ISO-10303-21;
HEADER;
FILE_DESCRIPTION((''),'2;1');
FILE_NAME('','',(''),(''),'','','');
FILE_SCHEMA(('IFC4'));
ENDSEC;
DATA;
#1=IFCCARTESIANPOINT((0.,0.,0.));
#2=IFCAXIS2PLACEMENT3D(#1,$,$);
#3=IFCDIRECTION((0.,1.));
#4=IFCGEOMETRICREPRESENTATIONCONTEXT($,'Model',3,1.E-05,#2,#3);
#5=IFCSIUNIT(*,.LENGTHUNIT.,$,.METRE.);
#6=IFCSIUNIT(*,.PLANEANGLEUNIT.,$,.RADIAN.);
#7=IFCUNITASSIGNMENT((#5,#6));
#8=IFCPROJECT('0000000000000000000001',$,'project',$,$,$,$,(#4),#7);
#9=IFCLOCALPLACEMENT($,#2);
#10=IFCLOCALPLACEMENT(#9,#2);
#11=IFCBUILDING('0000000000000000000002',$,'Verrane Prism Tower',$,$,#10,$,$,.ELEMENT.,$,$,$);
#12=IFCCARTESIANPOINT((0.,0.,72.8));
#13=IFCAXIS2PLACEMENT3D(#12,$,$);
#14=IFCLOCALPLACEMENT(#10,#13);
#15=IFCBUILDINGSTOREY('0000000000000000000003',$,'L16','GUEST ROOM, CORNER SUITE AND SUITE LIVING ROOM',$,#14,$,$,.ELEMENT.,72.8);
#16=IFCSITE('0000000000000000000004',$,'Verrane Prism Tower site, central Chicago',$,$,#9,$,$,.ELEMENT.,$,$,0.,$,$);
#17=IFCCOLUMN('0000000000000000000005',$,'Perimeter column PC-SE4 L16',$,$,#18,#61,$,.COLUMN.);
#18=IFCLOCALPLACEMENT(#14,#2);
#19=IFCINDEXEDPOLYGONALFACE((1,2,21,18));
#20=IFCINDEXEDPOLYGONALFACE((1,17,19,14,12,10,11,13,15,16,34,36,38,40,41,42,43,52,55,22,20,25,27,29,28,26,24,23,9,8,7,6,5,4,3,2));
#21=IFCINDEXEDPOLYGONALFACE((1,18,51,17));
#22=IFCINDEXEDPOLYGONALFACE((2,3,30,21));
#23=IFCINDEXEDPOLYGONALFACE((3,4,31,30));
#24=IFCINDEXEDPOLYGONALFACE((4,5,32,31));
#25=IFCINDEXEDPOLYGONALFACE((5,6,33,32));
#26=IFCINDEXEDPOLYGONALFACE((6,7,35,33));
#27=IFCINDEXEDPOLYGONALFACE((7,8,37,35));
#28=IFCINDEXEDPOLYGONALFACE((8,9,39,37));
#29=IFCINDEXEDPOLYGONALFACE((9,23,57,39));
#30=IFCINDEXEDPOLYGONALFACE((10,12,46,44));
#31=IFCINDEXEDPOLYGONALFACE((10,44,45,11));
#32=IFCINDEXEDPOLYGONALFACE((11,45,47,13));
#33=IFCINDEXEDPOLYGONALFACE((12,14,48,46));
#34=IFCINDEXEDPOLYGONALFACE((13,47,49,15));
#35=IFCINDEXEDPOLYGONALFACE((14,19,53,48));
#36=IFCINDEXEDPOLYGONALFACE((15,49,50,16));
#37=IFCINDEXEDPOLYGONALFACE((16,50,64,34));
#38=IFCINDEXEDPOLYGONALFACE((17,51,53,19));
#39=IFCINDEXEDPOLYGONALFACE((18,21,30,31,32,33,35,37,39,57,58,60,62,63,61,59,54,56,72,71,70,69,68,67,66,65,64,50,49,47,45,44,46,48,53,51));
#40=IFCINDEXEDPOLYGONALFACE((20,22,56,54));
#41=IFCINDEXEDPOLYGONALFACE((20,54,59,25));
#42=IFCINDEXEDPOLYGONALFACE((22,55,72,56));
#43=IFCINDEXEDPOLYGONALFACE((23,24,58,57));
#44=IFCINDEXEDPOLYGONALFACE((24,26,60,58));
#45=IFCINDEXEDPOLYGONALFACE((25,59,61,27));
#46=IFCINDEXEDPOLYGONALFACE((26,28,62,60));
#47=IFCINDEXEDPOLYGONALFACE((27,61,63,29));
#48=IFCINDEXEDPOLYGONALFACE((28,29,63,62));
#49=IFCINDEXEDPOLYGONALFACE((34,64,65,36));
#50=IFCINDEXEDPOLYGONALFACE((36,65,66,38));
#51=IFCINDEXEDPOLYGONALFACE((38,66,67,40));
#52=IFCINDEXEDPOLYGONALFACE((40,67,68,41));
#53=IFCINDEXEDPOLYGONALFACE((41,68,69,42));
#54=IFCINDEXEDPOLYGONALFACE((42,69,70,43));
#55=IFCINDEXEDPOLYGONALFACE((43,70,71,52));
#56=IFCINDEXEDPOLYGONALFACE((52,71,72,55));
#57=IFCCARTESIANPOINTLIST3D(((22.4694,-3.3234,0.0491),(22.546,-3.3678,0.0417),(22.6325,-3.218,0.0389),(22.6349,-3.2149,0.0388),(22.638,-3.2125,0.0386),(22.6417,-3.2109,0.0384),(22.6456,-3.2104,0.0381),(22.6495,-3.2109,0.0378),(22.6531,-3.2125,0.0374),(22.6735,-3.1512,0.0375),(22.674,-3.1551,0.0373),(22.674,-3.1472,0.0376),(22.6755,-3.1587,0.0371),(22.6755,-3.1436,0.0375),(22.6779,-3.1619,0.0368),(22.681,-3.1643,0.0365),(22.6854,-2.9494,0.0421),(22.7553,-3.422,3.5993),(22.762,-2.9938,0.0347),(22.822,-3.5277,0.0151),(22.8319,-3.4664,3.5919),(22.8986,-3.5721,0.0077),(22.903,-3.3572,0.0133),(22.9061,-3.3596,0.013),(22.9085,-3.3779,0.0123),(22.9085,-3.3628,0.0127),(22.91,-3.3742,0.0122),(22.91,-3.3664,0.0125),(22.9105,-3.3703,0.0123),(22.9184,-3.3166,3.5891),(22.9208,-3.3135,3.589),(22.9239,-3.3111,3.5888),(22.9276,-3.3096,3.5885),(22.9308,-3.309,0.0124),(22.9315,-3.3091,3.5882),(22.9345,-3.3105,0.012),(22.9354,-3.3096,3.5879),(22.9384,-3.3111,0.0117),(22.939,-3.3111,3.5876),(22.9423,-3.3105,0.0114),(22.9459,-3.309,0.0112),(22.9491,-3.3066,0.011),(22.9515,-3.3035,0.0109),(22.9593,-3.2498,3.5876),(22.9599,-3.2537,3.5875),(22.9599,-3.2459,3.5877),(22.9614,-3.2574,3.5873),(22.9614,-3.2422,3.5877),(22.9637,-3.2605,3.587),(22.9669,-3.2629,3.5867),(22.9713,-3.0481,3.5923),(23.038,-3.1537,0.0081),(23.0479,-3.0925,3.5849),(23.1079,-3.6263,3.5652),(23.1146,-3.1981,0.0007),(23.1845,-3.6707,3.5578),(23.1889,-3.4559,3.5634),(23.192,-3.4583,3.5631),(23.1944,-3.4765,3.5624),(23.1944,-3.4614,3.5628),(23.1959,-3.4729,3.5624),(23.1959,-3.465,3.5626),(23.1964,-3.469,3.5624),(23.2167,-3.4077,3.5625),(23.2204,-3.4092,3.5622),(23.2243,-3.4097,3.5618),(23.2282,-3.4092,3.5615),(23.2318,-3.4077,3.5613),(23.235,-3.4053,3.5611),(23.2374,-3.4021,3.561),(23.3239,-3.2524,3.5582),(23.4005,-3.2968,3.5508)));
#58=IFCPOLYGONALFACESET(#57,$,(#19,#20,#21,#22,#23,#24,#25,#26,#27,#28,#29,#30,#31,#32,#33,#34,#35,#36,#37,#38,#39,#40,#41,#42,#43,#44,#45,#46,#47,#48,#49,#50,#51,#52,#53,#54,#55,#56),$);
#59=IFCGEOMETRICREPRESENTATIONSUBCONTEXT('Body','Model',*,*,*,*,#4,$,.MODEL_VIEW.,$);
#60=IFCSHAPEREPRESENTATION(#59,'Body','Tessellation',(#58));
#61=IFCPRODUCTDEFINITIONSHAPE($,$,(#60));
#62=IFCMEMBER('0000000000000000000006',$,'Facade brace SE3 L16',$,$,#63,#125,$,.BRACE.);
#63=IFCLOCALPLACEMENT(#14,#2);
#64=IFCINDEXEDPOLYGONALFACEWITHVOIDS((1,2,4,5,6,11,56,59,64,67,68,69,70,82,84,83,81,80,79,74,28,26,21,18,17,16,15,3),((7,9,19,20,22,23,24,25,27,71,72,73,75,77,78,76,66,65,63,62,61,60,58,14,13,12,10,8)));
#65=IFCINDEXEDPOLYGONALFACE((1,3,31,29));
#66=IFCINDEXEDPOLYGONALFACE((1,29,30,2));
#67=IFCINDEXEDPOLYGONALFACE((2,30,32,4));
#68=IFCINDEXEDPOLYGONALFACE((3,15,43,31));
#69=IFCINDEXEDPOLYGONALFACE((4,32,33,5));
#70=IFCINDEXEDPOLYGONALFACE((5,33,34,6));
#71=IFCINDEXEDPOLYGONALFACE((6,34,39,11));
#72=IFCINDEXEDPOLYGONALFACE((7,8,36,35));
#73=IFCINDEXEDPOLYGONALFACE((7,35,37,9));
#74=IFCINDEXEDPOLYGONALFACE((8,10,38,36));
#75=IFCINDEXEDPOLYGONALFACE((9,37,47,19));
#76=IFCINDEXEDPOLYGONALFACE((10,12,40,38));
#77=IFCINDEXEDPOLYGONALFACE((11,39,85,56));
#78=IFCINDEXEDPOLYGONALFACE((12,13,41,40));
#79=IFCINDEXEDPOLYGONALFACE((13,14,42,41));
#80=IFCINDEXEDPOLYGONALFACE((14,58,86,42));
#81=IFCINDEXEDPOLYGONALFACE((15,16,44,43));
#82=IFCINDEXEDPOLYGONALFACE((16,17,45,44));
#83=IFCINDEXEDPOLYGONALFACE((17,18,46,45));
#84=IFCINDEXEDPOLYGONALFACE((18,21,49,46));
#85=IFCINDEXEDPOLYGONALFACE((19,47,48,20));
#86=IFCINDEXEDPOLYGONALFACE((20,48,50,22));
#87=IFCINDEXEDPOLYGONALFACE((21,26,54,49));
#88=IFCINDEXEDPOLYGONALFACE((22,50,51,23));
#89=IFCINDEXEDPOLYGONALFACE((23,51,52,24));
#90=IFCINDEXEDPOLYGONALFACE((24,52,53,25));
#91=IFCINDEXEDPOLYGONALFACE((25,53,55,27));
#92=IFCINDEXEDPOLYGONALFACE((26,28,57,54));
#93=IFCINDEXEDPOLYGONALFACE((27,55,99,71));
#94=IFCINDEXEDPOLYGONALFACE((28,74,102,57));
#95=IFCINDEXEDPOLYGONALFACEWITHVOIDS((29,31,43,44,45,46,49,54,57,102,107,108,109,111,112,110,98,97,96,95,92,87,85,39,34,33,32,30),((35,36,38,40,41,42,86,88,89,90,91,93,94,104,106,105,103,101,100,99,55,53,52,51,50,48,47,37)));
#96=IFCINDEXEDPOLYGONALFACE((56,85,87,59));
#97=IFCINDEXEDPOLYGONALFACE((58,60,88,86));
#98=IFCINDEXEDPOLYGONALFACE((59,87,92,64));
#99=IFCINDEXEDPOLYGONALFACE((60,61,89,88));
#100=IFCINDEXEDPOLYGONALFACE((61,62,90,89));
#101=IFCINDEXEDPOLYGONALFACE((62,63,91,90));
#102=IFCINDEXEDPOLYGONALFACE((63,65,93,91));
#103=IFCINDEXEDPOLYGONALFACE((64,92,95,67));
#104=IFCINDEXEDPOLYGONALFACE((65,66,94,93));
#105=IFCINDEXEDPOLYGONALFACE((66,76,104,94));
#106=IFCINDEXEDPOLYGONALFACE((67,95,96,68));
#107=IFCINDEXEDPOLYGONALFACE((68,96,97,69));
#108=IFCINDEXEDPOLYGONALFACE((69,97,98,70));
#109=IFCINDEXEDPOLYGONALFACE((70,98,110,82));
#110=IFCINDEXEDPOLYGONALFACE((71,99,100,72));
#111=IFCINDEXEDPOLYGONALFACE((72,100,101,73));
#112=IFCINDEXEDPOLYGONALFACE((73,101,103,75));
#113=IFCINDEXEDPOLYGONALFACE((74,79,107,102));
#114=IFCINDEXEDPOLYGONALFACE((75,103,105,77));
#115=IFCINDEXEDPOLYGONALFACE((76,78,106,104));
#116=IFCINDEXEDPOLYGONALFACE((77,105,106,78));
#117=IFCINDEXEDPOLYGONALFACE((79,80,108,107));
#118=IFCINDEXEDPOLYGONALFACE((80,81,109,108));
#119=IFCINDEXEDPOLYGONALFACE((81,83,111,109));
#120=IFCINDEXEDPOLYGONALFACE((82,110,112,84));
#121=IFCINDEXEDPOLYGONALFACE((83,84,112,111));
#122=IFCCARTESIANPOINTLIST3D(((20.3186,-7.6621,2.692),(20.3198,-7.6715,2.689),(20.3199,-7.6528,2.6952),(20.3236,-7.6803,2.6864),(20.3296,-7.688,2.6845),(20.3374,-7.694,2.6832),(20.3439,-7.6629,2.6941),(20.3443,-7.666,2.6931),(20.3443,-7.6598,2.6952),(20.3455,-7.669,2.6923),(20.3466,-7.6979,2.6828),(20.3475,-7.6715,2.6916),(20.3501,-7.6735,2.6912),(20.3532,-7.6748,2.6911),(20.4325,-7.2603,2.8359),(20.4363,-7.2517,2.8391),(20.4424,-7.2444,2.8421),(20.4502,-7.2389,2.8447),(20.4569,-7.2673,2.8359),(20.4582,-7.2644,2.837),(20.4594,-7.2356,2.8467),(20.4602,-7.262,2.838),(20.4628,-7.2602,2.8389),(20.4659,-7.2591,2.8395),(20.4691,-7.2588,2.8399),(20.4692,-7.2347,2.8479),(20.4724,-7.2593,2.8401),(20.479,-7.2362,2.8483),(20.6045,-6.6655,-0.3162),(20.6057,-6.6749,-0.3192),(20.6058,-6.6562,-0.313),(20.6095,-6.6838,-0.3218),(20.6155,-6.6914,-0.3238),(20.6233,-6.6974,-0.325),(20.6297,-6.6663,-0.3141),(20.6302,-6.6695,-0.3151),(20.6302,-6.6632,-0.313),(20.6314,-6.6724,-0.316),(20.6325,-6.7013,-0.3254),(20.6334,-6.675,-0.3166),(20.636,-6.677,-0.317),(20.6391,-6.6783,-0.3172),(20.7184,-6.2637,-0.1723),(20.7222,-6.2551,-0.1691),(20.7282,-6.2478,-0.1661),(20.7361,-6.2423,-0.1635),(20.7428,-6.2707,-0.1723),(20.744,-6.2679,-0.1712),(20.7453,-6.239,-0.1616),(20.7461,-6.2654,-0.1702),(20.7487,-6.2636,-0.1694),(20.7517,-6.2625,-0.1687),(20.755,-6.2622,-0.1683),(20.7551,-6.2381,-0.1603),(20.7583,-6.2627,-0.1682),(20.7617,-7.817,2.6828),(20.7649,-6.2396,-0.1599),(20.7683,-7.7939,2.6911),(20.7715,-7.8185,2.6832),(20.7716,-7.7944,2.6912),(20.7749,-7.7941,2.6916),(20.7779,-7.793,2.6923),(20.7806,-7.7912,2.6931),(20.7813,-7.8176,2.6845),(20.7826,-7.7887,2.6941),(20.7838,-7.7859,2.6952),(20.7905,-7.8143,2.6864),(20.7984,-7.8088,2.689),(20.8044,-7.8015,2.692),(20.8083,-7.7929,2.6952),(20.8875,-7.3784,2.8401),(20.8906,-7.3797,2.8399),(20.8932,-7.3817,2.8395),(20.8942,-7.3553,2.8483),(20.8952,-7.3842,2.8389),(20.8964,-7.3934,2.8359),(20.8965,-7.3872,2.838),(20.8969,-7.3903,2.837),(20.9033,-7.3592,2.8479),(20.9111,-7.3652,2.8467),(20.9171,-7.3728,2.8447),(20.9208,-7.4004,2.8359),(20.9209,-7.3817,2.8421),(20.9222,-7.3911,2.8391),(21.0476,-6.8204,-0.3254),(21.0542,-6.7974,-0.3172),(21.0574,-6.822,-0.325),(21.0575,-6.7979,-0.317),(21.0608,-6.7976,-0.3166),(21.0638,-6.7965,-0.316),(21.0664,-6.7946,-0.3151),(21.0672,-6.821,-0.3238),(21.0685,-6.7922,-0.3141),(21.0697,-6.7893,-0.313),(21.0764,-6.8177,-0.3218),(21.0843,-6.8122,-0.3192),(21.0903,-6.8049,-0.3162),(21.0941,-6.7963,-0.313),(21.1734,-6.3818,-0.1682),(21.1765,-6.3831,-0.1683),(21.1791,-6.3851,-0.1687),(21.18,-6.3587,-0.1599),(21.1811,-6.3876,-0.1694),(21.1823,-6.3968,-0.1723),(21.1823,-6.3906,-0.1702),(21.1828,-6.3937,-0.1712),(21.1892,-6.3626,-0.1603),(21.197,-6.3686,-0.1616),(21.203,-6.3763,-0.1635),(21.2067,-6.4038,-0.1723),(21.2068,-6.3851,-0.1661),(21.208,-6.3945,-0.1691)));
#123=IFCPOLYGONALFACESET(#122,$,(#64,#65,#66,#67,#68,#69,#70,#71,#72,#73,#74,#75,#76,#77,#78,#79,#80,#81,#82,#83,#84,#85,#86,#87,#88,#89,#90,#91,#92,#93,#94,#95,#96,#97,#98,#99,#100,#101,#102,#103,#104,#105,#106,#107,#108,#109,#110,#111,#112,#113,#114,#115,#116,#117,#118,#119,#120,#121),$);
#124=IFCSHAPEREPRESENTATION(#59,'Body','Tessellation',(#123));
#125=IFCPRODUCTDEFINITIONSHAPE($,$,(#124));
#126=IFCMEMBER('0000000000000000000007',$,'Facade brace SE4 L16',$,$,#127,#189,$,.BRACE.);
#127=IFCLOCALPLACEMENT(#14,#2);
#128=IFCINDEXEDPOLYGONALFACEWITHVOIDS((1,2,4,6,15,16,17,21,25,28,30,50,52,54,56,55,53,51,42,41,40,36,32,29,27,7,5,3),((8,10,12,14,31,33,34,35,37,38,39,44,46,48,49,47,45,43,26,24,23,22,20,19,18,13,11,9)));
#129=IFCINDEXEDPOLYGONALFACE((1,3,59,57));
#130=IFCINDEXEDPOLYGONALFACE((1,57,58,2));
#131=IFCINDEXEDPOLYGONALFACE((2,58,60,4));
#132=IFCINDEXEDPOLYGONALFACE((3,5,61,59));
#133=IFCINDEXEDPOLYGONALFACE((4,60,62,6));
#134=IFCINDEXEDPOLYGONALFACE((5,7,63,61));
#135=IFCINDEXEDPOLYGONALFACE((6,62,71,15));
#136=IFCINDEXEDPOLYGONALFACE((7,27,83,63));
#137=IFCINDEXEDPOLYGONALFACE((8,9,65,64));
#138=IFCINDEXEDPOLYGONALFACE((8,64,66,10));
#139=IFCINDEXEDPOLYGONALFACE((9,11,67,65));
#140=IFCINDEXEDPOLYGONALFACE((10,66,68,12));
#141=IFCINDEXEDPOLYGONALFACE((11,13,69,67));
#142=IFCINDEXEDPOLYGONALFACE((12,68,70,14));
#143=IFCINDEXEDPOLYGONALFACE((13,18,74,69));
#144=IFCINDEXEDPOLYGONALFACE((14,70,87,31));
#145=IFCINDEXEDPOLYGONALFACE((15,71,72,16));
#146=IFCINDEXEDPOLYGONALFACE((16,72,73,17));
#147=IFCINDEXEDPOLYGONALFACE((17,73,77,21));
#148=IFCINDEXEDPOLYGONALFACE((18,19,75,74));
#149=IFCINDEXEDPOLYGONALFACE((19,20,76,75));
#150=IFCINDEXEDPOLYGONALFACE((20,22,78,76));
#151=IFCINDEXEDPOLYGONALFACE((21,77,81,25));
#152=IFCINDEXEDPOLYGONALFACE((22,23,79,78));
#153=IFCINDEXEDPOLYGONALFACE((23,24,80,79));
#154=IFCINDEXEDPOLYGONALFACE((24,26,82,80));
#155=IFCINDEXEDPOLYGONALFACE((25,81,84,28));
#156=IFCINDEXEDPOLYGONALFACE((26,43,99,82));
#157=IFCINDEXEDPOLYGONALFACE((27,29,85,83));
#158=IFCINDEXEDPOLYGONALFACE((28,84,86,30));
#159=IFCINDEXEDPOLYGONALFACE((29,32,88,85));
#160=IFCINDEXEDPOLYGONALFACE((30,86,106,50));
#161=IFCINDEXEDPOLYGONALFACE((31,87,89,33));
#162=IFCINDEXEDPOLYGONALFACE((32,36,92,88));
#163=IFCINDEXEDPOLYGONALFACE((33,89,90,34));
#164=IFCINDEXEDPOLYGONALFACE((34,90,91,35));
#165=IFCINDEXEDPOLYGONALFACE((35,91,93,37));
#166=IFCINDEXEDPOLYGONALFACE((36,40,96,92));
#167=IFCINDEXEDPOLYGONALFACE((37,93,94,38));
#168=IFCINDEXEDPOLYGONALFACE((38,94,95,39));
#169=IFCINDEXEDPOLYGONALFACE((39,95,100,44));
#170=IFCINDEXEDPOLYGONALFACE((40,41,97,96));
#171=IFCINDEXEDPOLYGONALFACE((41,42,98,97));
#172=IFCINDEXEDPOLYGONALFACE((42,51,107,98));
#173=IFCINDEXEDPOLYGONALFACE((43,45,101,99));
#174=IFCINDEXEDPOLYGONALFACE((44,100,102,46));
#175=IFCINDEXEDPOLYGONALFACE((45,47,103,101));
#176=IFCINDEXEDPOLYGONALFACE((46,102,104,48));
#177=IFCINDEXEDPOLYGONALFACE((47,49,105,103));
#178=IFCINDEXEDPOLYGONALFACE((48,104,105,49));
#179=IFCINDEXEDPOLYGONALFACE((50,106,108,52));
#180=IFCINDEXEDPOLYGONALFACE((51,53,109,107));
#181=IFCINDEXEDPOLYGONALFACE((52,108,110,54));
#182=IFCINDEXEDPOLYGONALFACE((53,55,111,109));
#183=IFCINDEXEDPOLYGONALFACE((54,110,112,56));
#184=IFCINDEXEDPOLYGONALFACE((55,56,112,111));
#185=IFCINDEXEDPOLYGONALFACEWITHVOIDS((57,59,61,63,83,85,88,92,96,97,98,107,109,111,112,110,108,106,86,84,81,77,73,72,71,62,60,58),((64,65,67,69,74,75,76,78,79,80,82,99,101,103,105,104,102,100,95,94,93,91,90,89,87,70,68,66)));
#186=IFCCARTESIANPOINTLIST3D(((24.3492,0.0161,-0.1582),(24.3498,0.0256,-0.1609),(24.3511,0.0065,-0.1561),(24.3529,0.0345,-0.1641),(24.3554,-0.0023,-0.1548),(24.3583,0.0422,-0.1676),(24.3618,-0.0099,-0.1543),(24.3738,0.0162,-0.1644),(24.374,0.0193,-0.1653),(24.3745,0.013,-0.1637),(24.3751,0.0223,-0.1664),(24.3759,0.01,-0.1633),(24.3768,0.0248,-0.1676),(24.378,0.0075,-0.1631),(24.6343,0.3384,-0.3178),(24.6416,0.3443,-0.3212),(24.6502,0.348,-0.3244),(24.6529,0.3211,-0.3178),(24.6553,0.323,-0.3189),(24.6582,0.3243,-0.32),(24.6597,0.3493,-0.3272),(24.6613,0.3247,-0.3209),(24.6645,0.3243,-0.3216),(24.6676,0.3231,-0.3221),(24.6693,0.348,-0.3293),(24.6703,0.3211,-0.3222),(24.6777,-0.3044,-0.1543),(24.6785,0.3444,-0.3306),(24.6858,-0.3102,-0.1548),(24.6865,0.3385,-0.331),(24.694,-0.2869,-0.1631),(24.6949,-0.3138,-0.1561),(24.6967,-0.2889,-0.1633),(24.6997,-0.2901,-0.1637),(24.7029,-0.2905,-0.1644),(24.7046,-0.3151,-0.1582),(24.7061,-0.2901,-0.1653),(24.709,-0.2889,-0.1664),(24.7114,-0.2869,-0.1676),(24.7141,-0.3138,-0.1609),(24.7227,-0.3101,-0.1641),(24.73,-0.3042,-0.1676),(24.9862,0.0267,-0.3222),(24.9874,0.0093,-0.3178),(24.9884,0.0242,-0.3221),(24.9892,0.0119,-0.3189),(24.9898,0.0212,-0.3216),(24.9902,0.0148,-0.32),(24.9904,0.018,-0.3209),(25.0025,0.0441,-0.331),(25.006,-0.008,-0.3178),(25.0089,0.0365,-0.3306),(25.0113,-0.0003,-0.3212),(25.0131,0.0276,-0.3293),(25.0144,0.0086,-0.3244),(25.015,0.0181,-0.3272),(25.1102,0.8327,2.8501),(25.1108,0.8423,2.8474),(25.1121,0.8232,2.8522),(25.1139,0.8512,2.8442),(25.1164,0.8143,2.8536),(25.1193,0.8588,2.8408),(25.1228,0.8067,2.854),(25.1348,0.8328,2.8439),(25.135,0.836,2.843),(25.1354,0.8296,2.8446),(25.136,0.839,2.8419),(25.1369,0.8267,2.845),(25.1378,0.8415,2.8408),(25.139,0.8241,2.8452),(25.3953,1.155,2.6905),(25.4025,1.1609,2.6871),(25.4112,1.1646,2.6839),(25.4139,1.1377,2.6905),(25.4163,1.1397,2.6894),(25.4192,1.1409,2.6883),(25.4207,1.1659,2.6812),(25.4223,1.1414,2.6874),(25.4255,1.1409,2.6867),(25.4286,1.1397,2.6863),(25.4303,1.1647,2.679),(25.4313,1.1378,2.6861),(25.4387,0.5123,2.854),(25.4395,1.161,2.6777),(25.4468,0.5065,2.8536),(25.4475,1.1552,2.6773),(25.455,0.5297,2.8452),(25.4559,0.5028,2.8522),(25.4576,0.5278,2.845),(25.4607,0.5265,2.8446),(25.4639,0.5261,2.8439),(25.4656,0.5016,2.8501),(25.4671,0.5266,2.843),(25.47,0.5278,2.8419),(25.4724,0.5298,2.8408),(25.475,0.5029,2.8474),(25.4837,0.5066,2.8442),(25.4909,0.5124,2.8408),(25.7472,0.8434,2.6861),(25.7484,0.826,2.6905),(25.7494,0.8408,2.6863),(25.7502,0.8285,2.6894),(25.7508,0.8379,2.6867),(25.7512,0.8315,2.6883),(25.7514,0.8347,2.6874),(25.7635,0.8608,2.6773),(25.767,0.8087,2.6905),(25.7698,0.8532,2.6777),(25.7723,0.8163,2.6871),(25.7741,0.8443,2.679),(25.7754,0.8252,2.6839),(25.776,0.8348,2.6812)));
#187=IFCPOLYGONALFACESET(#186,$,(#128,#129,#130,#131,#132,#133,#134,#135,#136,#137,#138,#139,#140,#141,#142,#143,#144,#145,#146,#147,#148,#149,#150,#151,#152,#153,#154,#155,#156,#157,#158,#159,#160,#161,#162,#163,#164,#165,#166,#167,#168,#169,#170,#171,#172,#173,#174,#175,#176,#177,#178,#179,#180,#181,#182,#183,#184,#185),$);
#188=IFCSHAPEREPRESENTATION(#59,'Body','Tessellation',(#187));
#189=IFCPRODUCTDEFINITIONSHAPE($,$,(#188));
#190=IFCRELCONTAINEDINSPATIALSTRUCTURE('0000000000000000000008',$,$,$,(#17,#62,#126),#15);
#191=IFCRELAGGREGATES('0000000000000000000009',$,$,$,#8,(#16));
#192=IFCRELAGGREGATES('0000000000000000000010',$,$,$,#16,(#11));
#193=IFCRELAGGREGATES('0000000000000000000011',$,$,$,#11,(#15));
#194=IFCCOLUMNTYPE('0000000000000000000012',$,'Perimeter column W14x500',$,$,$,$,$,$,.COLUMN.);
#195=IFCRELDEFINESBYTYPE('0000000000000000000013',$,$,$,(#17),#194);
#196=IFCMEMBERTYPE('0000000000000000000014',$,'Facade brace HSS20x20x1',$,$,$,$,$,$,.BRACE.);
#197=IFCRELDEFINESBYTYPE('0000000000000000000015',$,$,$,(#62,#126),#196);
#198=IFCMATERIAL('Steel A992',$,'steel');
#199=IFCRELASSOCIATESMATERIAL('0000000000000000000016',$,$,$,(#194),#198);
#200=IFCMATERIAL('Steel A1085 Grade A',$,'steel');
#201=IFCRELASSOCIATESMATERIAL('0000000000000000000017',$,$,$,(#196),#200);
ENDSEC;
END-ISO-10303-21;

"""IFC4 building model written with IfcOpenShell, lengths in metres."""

from ifc_helpers import new_model, si_unit, direction, frame, origin, origin_2d, place, context, subcontext, project, spatial, hollow_rectangle, i_section, extrude, material, material_profile, profile_set, type_object, element, save


model = new_model("IFC4")

# Units and contexts
model_context = context("Model", 3, precision=1e-05, world=origin(), true_north=direction((0.0, 1.0)))
body_context = subcontext(model_context, "Body", "Model", "MODEL_VIEW")
ifc_project = project(units=[si_unit("LENGTHUNIT", "METRE"), si_unit("PLANEANGLEUNIT", "RADIAN")], contexts=[model_context])

# Site, building, storey
site_placement = place(None, origin())
site = spatial("IfcSite", under=ifc_project, at=site_placement, Name="Verrane Prism Tower site, central Chicago", CompositionType="ELEMENT", RefElevation=0.0)
building_placement = place(site_placement, origin())
building = spatial("IfcBuilding", under=site, at=building_placement, Name="Verrane Prism Tower", CompositionType="ELEMENT")
storey_placement = place(building_placement, frame((0.0, 0.0, 72.8)))
storey = spatial("IfcBuildingStorey", under=building, at=storey_placement, Name="L16", Description="GUEST ROOM, CORNER SUITE AND SUITE LIVING ROOM", CompositionType="ELEMENT", Elevation=72.8)

# Column
ifc_material_1 = material(Name="Steel A992", Category="steel")
ifc_material_profile_1 = material_profile(ifc_material_1, i_section(OverallWidth=0.4319, OverallDepth=0.4978, WebThickness=0.0557, FlangeThickness=0.0889, FilletRadius=0.0151, at=origin_2d()), Name="W14x500")
ifc_profile_set_1 = profile_set([ifc_material_profile_1], Name="Steel A992")
column_type = type_object("IfcColumnType", Name="Perimeter column W14x500", PredefinedType="COLUMN", material=ifc_profile_set_1)
column_placement = place(storey_placement, frame((22.792, -3.2607, 0.0249), z_axis=(0.08024, -0.027683, 0.996391), x_axis=(-0.500071, -0.865832, 0.016215)))
element("IfcColumn", 1, at=column_placement, inside=storey, type_object=column_type, Name="Perimeter column PC-SE4 L16", PredefinedType="COLUMN", context=body_context, shape_type="SweptSolid", body=[
    extrude(i_section(OverallWidth=0.4319, OverallDepth=0.4978, WebThickness=0.0557, FlangeThickness=0.0889, FilletRadius=0.0151, at=origin_2d()), origin(), (0.0, 0.0, 1.0), 3.563),
])

# Members
ifc_material_2 = material(Name="Steel A1085 Grade A", Category="steel")
ifc_material_profile_2 = material_profile(ifc_material_2, hollow_rectangle(XDim=0.5081, YDim=0.5081, WallThickness=0.0254, InnerFilletRadius=0.0127, OuterFilletRadius=0.0381, at=origin_2d()), Name="HSS20x20x1")
ifc_profile_set_2 = profile_set([ifc_material_profile_2], Name="Steel A1085 Grade A")
member_type_1 = type_object("IfcMemberType", Name="Facade brace HSS20x20x1", PredefinedType="BRACE", material=ifc_profile_set_2)
member_1_placement = place(storey_placement, frame((20.9062, -6.53, -0.2427), z_axis=(-0.089847, -0.313199, 0.945428), x_axis=(0.96123, -0.275747, 0.0)))
element("IfcMember", 2, at=member_1_placement, inside=storey, type_object=member_type_1, Name="Facade brace SE3 L16", PredefinedType="BRACE", context=body_context, shape_type="SweptSolid", body=[
    extrude(hollow_rectangle(XDim=0.5081, YDim=0.5081, WallThickness=0.0254, InnerFilletRadius=0.0127, OuterFilletRadius=0.0381, at=origin_2d()), origin(), (0.0, 0.0, 1.0), 3.1819),
])
member_2_placement = place(storey_placement, frame((24.6821, 0.0171, -0.2427), z_axis=(0.237162, 0.25451, 0.937539), x_axis=(-0.731601, 0.681734, 0.0)))
element("IfcMember", 3, at=member_2_placement, inside=storey, type_object=member_type_1, Name="Facade brace SE4 L16", PredefinedType="BRACE", context=body_context, shape_type="SweptSolid", body=[
    extrude(hollow_rectangle(XDim=0.5081, YDim=0.5081, WallThickness=0.0254, InnerFilletRadius=0.0127, OuterFilletRadius=0.0381, at=origin_2d()), origin(), (0.0, 0.0, 1.0), 3.2087),
])

save(model, "model.ifc")
